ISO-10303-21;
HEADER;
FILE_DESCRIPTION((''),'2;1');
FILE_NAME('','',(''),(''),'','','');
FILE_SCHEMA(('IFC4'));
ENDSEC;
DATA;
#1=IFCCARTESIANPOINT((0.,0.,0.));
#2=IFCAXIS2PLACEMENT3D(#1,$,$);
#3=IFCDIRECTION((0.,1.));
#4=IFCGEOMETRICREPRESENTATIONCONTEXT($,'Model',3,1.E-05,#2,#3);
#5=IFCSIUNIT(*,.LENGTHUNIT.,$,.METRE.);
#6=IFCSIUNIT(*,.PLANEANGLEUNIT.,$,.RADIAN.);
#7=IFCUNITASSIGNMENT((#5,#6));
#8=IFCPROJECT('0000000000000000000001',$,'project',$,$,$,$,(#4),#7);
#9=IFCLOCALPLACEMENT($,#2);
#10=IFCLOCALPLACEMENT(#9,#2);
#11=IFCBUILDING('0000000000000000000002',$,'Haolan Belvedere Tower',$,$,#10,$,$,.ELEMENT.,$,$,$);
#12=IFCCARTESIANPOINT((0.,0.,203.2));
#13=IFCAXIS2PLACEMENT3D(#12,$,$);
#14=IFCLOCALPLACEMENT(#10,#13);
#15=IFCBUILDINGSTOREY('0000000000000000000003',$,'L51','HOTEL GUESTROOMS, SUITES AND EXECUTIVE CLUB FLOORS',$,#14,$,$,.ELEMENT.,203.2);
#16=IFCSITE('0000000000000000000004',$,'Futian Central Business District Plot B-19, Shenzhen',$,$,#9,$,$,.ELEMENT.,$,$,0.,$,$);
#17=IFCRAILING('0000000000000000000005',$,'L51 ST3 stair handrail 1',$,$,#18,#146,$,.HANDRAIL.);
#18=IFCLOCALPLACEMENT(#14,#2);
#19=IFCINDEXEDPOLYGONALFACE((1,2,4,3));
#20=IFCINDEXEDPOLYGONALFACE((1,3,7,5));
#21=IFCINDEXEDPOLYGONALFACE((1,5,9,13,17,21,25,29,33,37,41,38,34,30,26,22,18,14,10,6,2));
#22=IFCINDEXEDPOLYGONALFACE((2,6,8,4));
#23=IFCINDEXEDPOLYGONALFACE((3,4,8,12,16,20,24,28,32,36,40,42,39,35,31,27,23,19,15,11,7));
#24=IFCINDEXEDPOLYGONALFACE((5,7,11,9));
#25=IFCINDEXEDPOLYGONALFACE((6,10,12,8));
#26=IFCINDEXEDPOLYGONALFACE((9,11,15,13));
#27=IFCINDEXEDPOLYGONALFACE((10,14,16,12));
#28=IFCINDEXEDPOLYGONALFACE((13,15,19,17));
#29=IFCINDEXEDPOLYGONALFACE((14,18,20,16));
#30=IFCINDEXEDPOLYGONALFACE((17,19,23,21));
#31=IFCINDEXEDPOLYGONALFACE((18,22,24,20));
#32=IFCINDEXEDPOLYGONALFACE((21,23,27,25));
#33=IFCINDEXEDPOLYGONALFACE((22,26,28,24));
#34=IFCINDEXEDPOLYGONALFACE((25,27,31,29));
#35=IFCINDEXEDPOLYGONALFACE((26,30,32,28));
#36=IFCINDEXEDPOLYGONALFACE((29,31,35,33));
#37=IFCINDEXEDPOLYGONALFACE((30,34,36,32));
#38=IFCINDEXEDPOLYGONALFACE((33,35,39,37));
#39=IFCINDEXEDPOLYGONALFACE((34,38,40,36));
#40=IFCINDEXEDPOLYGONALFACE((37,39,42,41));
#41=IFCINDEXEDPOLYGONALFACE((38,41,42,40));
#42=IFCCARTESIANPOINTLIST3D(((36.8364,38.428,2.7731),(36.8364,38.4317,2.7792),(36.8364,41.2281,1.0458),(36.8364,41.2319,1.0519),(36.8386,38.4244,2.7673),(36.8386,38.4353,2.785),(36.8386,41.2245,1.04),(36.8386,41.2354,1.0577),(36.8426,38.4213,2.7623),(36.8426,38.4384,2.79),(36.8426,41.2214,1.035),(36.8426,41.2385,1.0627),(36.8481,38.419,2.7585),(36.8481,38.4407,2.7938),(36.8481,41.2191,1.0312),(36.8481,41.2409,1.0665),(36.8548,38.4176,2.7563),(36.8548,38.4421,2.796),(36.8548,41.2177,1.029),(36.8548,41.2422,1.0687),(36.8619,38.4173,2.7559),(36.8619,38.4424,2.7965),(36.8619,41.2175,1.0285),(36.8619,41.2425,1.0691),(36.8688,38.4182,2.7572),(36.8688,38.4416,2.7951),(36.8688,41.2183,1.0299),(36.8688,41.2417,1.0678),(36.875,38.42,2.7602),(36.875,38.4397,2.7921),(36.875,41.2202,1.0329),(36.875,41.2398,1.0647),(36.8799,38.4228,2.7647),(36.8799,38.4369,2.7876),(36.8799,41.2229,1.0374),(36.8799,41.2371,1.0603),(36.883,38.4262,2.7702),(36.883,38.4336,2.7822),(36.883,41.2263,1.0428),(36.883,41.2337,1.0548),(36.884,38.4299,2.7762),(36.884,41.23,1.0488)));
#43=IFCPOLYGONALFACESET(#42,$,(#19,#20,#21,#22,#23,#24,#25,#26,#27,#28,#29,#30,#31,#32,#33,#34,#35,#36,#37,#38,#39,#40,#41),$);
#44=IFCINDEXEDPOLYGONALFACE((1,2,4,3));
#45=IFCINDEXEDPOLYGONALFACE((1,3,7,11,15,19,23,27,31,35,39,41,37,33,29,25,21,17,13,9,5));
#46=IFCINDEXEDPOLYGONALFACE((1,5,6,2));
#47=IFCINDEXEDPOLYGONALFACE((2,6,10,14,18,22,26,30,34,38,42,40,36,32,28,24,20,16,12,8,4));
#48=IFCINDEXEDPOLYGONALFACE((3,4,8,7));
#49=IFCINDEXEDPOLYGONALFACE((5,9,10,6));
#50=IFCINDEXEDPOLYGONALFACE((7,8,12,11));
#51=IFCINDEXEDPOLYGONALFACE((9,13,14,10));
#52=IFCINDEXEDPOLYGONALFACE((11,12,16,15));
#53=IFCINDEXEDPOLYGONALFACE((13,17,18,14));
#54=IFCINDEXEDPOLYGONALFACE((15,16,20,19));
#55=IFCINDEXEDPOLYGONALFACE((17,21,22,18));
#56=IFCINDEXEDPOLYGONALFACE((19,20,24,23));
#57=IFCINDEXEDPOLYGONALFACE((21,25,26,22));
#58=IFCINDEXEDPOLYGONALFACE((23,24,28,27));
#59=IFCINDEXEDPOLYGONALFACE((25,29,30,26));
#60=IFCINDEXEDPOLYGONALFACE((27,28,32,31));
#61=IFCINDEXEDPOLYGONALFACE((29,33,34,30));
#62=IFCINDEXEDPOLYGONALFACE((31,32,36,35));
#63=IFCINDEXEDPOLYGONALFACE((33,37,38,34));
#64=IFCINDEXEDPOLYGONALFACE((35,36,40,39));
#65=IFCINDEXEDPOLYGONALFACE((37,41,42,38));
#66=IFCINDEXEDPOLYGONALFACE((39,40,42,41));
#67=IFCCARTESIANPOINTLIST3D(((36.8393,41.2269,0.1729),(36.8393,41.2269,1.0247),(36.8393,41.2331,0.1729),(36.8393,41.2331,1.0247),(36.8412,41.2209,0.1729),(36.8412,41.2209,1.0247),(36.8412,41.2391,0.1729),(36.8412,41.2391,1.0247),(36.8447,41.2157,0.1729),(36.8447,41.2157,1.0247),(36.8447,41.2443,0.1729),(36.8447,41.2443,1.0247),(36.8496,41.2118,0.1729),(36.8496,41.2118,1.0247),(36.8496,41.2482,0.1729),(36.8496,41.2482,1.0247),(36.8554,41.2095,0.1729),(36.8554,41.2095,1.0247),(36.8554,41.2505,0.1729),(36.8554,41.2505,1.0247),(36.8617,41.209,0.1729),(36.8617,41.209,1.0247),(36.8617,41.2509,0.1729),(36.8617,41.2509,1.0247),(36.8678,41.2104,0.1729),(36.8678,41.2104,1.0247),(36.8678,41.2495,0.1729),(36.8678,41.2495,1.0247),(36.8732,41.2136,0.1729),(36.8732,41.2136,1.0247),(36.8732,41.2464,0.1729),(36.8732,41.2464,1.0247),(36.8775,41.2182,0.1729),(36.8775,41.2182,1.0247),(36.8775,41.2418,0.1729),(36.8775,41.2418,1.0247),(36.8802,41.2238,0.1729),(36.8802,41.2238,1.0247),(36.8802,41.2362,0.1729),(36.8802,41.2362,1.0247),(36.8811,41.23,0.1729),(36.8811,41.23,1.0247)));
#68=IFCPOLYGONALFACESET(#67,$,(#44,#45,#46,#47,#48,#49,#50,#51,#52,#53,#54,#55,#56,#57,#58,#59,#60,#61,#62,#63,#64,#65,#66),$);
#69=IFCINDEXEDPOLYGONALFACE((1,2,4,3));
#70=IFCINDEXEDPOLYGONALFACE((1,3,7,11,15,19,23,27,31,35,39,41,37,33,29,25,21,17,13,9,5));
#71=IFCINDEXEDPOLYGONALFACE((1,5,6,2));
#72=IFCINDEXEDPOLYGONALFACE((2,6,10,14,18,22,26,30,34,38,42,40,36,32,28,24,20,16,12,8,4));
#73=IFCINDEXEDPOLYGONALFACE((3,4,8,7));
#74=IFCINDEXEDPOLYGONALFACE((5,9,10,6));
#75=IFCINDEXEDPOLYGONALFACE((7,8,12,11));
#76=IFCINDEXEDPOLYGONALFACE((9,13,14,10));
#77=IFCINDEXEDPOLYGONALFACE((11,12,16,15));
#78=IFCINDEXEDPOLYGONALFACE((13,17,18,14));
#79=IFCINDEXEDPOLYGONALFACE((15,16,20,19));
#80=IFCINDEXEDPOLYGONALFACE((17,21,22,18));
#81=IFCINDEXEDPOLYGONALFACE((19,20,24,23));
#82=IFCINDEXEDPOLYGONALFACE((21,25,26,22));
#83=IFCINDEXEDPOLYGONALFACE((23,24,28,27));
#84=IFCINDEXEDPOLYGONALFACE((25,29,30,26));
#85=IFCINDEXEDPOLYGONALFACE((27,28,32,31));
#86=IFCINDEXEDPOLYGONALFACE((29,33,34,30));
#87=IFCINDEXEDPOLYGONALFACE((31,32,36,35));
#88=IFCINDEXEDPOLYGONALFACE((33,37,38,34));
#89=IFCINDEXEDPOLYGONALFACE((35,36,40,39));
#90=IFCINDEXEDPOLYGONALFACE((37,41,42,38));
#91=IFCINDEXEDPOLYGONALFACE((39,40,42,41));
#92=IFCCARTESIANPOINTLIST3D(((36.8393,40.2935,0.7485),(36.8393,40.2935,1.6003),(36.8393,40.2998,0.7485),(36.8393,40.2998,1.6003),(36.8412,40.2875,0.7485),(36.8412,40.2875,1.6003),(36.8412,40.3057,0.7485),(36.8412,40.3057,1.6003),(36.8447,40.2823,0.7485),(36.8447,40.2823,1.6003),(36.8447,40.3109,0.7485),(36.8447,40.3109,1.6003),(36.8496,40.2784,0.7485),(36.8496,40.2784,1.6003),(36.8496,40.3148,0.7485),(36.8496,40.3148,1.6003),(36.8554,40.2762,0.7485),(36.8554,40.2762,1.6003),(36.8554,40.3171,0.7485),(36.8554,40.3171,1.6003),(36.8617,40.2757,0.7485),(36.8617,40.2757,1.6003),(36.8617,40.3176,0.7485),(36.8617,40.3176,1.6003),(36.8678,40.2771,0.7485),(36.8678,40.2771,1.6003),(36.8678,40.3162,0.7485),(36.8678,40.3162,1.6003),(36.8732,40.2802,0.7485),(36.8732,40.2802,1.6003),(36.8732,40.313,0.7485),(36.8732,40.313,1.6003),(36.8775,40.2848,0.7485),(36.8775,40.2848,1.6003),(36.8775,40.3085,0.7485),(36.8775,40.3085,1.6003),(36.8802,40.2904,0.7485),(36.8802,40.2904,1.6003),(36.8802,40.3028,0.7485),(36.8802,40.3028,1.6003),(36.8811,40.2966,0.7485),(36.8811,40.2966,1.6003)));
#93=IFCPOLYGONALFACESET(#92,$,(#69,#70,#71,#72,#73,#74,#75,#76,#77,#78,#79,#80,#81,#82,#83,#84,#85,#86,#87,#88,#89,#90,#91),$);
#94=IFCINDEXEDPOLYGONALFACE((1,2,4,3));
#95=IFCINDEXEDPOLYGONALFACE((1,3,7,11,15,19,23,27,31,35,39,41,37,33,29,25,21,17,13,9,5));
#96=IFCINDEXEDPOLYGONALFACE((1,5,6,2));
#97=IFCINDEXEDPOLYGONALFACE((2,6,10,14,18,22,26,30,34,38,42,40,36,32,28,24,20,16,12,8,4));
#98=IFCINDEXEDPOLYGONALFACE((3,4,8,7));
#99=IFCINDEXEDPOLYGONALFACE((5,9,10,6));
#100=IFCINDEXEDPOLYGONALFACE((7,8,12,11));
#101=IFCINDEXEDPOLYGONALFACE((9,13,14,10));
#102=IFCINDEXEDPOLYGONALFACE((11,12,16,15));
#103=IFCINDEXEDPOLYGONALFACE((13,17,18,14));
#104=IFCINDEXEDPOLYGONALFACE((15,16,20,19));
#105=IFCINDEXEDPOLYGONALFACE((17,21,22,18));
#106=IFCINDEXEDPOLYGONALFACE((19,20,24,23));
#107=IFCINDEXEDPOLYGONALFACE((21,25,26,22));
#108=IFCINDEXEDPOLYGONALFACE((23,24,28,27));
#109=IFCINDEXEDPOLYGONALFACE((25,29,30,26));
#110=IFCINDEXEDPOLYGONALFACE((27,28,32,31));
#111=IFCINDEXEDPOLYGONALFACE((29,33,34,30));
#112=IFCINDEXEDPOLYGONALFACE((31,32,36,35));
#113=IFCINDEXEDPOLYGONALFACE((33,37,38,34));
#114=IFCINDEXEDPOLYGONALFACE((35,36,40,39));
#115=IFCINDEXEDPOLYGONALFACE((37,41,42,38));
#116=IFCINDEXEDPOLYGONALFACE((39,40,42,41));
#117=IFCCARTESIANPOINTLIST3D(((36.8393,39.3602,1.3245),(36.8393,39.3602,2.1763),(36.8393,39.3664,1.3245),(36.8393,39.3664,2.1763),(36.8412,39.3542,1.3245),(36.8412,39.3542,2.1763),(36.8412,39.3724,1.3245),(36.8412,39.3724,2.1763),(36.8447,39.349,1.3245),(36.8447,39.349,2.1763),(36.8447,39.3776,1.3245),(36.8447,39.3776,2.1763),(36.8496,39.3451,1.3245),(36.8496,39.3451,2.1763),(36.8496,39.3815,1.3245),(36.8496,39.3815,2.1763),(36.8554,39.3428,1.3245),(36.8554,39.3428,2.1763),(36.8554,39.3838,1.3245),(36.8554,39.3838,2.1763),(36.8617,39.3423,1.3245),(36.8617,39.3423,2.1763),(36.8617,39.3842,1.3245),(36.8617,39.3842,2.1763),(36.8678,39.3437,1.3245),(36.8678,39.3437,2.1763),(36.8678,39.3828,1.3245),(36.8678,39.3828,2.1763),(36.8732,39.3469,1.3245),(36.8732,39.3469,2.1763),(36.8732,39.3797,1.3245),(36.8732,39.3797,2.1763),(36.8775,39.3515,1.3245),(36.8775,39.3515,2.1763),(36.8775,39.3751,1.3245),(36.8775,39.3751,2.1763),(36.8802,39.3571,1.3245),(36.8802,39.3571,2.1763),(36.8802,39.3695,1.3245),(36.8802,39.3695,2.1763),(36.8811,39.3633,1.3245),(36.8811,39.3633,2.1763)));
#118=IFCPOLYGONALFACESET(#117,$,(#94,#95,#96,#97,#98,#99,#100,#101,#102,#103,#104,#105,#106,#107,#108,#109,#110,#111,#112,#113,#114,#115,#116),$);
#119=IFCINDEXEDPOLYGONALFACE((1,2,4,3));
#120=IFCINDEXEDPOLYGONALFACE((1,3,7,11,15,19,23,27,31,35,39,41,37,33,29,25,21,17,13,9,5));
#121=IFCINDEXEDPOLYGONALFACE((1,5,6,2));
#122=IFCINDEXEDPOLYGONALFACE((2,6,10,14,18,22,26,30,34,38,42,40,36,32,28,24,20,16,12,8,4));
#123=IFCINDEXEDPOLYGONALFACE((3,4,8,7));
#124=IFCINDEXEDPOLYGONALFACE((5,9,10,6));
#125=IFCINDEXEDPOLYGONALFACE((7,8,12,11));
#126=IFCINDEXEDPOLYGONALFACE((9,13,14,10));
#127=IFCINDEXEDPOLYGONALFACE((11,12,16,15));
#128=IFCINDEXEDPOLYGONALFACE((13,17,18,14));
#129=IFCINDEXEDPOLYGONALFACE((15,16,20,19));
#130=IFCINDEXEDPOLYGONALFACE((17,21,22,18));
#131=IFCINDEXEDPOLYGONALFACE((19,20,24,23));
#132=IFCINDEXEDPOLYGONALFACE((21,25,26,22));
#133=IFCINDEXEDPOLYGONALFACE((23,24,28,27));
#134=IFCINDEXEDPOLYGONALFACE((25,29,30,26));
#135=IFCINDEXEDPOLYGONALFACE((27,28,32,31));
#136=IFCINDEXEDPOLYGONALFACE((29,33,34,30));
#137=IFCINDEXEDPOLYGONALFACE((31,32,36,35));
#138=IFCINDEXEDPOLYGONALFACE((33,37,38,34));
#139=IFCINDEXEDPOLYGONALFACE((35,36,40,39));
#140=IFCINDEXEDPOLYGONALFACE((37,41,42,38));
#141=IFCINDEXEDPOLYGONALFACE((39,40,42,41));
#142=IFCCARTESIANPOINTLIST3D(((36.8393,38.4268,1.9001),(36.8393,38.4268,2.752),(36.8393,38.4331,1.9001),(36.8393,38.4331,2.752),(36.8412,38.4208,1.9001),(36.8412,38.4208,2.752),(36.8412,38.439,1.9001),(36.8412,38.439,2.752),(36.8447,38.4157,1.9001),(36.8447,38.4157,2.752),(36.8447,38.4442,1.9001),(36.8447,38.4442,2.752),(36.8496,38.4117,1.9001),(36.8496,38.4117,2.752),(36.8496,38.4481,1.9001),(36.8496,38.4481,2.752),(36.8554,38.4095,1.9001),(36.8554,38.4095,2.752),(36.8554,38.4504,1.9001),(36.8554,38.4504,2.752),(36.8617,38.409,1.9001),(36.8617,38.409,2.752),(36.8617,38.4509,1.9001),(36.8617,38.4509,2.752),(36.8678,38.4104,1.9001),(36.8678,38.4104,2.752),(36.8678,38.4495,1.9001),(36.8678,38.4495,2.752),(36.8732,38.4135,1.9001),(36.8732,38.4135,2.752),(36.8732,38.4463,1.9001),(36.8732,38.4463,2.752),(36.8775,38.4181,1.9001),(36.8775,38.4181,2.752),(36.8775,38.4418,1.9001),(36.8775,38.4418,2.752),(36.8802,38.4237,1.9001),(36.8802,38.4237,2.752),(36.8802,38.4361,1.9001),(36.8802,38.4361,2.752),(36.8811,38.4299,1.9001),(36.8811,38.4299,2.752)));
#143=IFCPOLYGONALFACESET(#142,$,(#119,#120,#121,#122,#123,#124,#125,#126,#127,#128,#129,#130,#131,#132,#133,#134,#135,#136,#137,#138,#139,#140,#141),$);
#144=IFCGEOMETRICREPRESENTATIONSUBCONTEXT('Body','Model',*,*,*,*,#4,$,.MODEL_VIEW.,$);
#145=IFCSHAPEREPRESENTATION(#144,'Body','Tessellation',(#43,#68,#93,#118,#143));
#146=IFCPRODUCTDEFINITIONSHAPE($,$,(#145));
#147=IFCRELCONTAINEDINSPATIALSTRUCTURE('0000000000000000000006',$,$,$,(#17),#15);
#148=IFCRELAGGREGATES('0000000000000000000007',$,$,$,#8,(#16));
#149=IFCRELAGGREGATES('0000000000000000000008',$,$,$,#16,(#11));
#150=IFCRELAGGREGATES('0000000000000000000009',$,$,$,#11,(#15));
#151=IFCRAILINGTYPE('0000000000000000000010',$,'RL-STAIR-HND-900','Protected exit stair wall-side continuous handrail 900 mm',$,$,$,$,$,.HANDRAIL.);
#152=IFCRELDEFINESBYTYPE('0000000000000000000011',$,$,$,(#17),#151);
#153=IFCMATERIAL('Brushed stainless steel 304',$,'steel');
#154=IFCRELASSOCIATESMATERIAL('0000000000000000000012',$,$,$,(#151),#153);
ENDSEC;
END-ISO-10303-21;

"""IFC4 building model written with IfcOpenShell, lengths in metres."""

from ifc_helpers import new_model, si_unit, direction, frame, origin, origin_2d, place, context, subcontext, project, spatial, circle, extrude, material, type_object, element, save


model = new_model("IFC4")

# Units and contexts
model_context = context("Model", 3, precision=1e-05, world=origin(), true_north=direction((0.0, 1.0)))
body_context = subcontext(model_context, "Body", "Model", "MODEL_VIEW")
ifc_project = project(units=[si_unit("LENGTHUNIT", "METRE"), si_unit("PLANEANGLEUNIT", "RADIAN")], contexts=[model_context])

# Site, building, storey
site_placement = place(None, origin())
site = spatial("IfcSite", under=ifc_project, at=site_placement, Name="Futian Central Business District Plot B-19, Shenzhen", CompositionType="ELEMENT", RefElevation=0.0)
building_placement = place(site_placement, origin())
building = spatial("IfcBuilding", under=site, at=building_placement, Name="Haolan Belvedere Tower", CompositionType="ELEMENT")
storey_placement = place(building_placement, frame((0.0, 0.0, 203.2)))
storey = spatial("IfcBuildingStorey", under=building, at=storey_placement, Name="L51", Description="HOTEL GUESTROOMS, SUITES AND EXECUTIVE CLUB FLOORS", CompositionType="ELEMENT", Elevation=203.2)

# Railing
ifc_material_1 = material(Name="Brushed stainless steel 304", Category="steel")
railing_type_1 = type_object("IfcRailingType", Name="RL-STAIR-HND-900", Description="Protected exit stair wall-side continuous handrail 900 mm", PredefinedType="HANDRAIL", material=ifc_material_1)
railing_1_placement = place(storey_placement, frame((36.8601, 41.23, 0.1729)))
element("IfcRailing", 1, at=railing_1_placement, inside=storey, type_object=railing_type_1, Name="L51 ST3 stair handrail 1", PredefinedType="HANDRAIL", context=body_context, shape_type="SweptSolid", body=[
    extrude(circle(Radius=0.0239, at=origin_2d()), frame((0.0, 0.0, 0.876), z_axis=(0.0, -0.85109, 0.52502), x_axis=(1.0, 0.0, 0.0)), (0.0, 0.0, 1.0), 3.29),
    extrude(circle(Radius=0.021, at=origin_2d()), origin(), (0.0, 0.0, 1.0), 0.8518),
    extrude(circle(Radius=0.021, at=origin_2d()), frame((0.0, -0.9333, 0.5757)), (0.0, 0.0, 1.0), 0.8518),
    extrude(circle(Radius=0.021, at=origin_2d()), frame((0.0, -1.8667, 1.1516)), (0.0, 0.0, 1.0), 0.8518),
    extrude(circle(Radius=0.021, at=origin_2d()), frame((0.0, -2.8, 1.7273)), (0.0, 0.0, 1.0), 0.8518),
])

save(model, "model.ifc")
